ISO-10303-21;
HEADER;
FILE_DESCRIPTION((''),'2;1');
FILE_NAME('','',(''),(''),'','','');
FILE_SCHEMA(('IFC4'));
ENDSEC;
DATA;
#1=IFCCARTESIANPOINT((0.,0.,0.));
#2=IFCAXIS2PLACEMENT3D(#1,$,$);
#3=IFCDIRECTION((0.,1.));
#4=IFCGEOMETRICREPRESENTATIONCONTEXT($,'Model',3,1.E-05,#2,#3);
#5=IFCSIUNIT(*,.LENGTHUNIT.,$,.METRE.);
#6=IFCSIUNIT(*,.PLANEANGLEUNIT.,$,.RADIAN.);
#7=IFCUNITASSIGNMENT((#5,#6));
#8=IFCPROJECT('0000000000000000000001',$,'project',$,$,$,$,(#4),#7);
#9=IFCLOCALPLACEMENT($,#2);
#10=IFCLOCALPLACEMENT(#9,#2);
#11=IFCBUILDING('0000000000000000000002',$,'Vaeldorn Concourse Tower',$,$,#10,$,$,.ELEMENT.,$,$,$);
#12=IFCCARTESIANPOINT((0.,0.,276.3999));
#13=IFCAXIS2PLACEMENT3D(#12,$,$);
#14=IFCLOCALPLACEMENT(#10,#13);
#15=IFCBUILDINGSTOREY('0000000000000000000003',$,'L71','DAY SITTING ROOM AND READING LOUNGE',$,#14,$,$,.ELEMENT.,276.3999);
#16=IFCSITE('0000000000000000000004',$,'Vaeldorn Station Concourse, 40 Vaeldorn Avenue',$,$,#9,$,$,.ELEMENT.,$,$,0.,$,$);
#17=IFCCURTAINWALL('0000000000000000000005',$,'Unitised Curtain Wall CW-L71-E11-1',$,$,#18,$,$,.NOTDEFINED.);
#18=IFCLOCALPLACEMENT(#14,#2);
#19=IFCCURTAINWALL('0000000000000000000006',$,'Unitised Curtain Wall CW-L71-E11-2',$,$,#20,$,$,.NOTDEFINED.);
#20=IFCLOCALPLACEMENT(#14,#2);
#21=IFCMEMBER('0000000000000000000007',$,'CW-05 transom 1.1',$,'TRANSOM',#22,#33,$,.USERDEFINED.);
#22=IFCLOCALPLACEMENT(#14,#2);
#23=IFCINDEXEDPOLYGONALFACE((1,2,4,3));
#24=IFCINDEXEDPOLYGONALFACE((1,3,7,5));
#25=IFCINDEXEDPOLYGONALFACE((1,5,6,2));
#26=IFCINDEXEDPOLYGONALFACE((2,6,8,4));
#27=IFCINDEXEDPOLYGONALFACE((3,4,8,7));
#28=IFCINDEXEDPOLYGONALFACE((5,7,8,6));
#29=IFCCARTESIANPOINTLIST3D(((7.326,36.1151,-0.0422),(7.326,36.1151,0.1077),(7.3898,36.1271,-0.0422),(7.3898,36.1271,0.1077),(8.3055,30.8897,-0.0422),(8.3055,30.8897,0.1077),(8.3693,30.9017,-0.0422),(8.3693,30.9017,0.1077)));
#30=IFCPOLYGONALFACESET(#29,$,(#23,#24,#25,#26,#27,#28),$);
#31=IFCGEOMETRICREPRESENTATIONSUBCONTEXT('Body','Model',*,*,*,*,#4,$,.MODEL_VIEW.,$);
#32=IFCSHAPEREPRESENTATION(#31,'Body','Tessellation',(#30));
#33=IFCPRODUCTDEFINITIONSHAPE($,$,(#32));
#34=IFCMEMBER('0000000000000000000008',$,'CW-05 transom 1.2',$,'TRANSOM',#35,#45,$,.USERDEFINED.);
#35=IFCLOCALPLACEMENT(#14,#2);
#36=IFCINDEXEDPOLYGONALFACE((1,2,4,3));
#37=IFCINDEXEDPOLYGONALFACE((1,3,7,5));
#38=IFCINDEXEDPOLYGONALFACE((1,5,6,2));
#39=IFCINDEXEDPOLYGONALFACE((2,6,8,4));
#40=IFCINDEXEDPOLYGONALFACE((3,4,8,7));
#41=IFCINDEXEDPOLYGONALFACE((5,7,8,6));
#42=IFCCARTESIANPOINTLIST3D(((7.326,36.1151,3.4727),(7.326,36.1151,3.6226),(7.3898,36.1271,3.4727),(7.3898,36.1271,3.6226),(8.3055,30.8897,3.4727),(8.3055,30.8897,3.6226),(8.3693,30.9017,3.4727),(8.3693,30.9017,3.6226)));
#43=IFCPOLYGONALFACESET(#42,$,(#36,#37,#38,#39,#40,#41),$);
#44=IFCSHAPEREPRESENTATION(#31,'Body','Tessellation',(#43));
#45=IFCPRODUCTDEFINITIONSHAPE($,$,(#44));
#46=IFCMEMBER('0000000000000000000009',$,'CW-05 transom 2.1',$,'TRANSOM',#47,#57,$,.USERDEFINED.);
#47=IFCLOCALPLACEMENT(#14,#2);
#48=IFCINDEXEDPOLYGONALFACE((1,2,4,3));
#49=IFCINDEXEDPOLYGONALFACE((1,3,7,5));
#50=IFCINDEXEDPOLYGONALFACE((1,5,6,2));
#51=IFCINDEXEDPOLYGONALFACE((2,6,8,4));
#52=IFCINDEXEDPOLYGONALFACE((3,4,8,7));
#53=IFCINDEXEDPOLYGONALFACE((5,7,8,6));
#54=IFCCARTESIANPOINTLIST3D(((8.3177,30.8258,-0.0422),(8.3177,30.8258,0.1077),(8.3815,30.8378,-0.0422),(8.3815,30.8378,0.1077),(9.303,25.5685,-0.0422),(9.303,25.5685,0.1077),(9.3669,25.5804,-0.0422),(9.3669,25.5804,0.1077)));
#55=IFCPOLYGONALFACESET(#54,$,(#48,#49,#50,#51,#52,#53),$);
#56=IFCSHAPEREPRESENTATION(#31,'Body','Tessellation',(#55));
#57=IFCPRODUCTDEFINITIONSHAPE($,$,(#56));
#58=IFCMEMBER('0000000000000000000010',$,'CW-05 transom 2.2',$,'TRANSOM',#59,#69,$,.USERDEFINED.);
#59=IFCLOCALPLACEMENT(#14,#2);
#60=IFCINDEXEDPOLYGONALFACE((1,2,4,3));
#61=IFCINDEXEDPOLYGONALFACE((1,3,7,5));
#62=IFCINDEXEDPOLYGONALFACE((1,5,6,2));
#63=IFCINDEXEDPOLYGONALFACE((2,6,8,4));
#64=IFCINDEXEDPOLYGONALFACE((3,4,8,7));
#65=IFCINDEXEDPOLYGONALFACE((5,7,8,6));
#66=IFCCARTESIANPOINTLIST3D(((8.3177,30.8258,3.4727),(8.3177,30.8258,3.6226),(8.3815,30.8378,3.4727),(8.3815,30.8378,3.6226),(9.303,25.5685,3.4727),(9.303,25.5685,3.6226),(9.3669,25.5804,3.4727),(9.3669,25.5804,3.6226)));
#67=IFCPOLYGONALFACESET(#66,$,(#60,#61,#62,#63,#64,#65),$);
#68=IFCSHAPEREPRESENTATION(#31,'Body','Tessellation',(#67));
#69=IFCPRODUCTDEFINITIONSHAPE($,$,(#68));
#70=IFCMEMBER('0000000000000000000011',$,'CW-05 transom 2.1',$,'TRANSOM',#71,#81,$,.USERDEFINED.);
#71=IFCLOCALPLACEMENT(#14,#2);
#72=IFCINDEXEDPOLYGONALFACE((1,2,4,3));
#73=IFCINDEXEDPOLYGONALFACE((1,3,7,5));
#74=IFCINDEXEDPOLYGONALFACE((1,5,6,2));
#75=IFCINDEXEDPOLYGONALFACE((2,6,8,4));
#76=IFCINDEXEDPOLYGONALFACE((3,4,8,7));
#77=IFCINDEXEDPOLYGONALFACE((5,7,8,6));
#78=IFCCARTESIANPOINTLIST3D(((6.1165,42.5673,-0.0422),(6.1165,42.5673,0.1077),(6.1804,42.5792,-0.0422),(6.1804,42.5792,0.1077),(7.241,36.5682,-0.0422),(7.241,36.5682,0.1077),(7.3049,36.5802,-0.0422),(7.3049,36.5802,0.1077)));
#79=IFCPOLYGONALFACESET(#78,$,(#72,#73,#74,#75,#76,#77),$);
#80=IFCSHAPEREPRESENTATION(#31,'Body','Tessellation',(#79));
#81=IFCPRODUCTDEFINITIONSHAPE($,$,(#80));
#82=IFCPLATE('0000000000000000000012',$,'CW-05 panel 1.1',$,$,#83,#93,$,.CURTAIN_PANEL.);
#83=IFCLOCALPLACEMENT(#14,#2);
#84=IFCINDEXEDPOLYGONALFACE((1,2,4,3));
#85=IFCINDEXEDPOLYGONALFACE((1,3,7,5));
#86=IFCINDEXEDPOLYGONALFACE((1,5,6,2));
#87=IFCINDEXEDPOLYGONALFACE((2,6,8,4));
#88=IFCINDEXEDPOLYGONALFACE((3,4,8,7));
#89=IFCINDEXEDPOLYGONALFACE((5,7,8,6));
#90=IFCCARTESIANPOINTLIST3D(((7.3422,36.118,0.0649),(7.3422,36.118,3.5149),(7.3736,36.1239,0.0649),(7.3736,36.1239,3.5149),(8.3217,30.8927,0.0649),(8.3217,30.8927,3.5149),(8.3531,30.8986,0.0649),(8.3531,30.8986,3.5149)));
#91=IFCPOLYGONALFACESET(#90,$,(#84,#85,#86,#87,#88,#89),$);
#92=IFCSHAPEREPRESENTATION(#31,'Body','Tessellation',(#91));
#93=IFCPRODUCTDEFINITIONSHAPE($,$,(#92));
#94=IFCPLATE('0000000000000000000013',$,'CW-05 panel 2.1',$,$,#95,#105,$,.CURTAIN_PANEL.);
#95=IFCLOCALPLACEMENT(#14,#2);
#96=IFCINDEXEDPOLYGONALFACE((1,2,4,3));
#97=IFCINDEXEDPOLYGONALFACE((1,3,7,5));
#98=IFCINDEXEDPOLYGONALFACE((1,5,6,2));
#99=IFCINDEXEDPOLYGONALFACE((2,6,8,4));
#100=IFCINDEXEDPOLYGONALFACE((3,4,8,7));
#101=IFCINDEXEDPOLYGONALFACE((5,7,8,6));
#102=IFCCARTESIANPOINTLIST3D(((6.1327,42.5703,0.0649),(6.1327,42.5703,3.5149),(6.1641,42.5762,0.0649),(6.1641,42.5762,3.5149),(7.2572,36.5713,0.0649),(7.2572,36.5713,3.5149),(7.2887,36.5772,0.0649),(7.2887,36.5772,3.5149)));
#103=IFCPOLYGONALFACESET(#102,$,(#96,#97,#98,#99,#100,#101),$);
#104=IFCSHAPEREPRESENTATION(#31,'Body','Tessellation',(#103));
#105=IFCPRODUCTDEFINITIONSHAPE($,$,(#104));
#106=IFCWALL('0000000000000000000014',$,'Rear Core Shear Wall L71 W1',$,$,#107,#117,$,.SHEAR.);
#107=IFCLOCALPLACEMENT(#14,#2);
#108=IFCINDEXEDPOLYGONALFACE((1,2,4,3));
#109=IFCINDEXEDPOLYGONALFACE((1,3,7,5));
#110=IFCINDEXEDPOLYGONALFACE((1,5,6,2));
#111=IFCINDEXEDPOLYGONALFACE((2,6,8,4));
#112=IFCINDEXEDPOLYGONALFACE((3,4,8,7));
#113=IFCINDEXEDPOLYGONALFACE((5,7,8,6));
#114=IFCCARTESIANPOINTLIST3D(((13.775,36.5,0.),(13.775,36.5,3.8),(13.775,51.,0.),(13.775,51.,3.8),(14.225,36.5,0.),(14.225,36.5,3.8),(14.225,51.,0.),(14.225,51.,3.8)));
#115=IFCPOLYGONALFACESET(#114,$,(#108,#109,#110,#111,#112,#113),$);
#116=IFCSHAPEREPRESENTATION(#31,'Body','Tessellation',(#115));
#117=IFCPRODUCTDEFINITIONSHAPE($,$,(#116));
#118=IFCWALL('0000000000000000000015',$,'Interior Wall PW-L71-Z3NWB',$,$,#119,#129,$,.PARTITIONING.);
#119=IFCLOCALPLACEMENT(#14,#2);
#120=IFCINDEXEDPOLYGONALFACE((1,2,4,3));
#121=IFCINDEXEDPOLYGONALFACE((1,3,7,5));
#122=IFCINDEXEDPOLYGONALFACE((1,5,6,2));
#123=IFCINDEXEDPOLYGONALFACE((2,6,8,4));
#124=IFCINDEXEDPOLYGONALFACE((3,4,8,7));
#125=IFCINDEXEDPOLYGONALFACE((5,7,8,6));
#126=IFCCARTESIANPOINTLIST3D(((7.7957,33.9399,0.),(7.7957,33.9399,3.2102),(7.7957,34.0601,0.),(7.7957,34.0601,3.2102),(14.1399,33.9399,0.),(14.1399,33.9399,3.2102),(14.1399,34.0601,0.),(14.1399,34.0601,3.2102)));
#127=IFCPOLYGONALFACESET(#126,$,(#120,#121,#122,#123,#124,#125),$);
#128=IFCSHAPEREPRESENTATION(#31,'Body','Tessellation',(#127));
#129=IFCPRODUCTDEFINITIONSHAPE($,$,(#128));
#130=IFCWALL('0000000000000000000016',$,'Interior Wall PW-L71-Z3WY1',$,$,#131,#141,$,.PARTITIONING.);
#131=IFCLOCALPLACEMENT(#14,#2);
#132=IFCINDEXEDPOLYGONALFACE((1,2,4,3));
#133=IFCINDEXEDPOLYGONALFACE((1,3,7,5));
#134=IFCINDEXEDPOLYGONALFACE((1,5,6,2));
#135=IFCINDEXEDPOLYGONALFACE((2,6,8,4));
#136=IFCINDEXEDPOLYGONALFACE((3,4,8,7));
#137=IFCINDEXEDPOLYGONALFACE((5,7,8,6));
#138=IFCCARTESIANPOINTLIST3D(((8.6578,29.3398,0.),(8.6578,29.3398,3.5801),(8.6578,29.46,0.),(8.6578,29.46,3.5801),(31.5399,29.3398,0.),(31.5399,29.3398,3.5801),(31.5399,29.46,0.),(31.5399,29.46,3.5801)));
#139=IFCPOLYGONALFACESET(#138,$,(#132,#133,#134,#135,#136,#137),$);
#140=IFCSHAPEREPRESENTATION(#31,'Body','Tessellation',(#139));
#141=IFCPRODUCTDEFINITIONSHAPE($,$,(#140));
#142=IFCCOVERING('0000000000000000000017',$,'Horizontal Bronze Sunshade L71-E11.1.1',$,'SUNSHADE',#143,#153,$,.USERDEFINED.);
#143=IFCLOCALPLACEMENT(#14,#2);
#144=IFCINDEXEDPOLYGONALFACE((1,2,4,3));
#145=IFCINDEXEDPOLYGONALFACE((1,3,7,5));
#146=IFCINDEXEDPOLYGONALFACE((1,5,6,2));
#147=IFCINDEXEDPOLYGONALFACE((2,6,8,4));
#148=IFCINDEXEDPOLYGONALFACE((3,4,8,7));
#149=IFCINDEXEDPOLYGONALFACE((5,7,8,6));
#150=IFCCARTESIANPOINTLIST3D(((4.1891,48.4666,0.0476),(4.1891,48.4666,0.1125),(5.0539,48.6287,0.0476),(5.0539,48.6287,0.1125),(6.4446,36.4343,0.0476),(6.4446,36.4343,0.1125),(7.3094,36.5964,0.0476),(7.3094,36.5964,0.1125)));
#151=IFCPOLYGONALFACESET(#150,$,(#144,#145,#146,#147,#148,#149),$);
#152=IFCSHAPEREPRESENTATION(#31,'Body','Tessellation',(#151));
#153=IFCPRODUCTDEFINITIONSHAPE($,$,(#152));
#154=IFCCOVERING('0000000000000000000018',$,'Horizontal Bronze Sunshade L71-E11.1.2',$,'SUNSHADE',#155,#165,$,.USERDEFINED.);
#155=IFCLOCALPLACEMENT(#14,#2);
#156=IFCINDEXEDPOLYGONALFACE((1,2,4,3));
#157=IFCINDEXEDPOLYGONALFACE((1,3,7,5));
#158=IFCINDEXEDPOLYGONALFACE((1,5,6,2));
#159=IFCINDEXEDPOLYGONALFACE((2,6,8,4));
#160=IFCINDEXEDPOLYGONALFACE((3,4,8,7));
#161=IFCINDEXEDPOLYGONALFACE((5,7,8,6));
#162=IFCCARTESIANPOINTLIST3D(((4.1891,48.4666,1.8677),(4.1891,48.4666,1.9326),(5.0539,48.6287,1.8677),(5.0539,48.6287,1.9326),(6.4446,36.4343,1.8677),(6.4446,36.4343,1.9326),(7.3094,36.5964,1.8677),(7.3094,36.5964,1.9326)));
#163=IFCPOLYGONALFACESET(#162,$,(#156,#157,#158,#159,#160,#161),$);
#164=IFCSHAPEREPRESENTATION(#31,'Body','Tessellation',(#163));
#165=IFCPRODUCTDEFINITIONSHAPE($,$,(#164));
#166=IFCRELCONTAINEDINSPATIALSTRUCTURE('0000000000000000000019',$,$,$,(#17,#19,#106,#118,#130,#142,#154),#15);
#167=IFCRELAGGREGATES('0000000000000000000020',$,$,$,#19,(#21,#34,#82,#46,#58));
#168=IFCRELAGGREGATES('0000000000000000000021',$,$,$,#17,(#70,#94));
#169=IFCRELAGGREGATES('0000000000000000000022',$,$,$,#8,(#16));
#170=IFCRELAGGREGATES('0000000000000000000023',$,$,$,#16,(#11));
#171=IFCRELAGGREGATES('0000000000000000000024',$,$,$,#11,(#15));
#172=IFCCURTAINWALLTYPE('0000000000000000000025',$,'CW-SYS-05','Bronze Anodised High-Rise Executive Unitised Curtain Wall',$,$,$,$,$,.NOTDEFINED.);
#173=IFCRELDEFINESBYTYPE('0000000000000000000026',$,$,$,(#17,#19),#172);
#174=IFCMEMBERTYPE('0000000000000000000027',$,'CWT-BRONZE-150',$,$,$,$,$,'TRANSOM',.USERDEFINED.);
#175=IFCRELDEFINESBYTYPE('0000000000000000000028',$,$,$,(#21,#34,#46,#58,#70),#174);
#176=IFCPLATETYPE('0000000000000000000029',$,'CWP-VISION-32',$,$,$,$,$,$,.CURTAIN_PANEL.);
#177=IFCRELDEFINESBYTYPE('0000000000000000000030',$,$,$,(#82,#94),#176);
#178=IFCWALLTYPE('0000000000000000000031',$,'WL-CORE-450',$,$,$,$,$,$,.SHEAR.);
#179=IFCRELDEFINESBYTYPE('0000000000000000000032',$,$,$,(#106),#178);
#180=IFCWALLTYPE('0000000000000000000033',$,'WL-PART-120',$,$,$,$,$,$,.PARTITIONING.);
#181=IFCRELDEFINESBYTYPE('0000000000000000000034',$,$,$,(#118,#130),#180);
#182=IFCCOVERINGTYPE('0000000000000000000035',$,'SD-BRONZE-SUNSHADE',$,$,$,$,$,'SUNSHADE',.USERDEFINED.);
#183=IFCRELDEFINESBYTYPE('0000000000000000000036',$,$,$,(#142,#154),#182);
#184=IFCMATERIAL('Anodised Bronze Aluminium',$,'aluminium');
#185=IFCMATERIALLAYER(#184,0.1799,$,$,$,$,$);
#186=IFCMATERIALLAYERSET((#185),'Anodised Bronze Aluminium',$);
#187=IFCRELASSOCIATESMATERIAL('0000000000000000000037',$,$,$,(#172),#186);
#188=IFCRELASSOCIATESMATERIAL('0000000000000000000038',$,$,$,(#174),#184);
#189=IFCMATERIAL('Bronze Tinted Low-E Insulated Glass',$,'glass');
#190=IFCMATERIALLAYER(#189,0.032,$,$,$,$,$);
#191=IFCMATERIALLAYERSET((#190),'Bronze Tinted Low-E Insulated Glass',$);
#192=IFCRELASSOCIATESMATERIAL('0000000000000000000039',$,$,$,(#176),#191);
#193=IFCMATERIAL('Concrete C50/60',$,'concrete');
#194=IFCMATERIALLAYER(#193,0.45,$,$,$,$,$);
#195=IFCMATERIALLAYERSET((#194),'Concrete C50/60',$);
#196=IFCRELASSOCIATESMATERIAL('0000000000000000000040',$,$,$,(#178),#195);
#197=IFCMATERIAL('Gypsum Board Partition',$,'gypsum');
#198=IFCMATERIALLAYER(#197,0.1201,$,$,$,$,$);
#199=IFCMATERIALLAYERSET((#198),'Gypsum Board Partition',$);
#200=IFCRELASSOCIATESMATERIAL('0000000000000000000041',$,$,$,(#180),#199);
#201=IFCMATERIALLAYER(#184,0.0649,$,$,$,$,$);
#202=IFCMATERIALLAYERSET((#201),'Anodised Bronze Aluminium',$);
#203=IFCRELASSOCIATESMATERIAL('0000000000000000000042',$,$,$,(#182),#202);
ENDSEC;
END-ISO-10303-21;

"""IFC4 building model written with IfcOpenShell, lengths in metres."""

from ifc_helpers import new_model, si_unit, direction, frame, frame_2d, origin, origin_2d, place, context, subcontext, project, spatial, rectangle, extrude, source, transform, mapped, material, layer, layer_set, material_profile, profile_set, type_object, element, aggregate, save


model = new_model("IFC4")

# Units and contexts
model_context = context("Model", 3, precision=1e-05, world=origin(), true_north=direction((0.0, 1.0)))
body_context = subcontext(model_context, "Body", "Model", "MODEL_VIEW")
ifc_project = project(units=[si_unit("LENGTHUNIT", "METRE"), si_unit("PLANEANGLEUNIT", "RADIAN")], contexts=[model_context])

# Site, building, storey
site_placement = place(None, origin())
site = spatial("IfcSite", under=ifc_project, at=site_placement, Name="Vaeldorn Station Concourse, 40 Vaeldorn Avenue", CompositionType="ELEMENT", RefElevation=0.0)
building_placement = place(site_placement, origin())
building = spatial("IfcBuilding", under=site, at=building_placement, Name="Vaeldorn Concourse Tower", CompositionType="ELEMENT")
storey_placement = place(building_placement, frame((0.0, 0.0, 276.3999)))
storey = spatial("IfcBuildingStorey", under=building, at=storey_placement, Name="L71", Description="DAY SITTING ROOM AND READING LOUNGE", CompositionType="ELEMENT", Elevation=276.3999)

# Shared definitions
ifc_material_1 = material(Name="Concrete C50/60", Category="concrete")

# Curtain wall
ifc_material_2 = material(Name="Anodised Bronze Aluminium", Category="aluminium")
ifc_layer_1 = layer(ifc_material_2, 0.1799)
ifc_layer_set_1 = layer_set([ifc_layer_1], Name="Anodised Bronze Aluminium")
curtain_wall_type = type_object("IfcCurtainWallType", Name="CW-SYS-05", Description="Bronze Anodised High-Rise Executive Unitised Curtain Wall", PredefinedType="NOTDEFINED", material=ifc_layer_set_1)
curtain_wall_1_placement = place(storey_placement, origin())
curtain_wall_1 = element("IfcCurtainWall", 1, at=curtain_wall_1_placement, inside=storey, type_object=curtain_wall_type, Name="Unitised Curtain Wall CW-L71-E11-1", PredefinedType="NOTDEFINED")

# Curtain wall, members
curtain_wall_2_placement = place(storey_placement, origin())
curtain_wall_2 = element("IfcCurtainWall", 2, at=curtain_wall_2_placement, inside=storey, type_object=curtain_wall_type, Name="Unitised Curtain Wall CW-L71-E11-2", PredefinedType="NOTDEFINED")
ifc_material_profile_1 = material_profile(ifc_material_2, rectangle(XDim=0.0649, YDim=0.1499, at=origin_2d()), Name="CWT 65x150")
ifc_profile_set_1 = profile_set([ifc_material_profile_1], Name="Anodised Bronze Aluminium")
member_type_1 = type_object("IfcMemberType", Name="CWT-BRONZE-150", ElementType="TRANSOM", PredefinedType="USERDEFINED", material=ifc_profile_set_1)
shared_shape_1 = source(origin(), body_context, "Body", "SweptSolid", [
    extrude(rectangle(XDim=0.0649, YDim=0.1499, at=origin_2d()), origin(), (0.0, 0.0, 1.0), 5.3164),
])
member_1_placement = place(storey_placement, frame((7.3579, 36.1211, 0.0327), z_axis=(0.184241, -0.982881, 0.0), x_axis=(0.982881, 0.184241, 0.0)))
member_1 = element("IfcMember", 3, at=member_1_placement, type_object=member_type_1, Name="CW-05 transom 1.1", ObjectType="TRANSOM", PredefinedType="USERDEFINED", context=body_context, shape_type="MappedRepresentation", body=[
    mapped(shared_shape_1, transform((0.0, 0.0, 0.0), scale=1.0)),
])
member_2_placement = place(storey_placement, frame((7.3579, 36.1211, 3.5476), z_axis=(0.184241, -0.982881, 0.0), x_axis=(0.982881, 0.184241, 0.0)))
member_2 = element("IfcMember", 4, at=member_2_placement, type_object=member_type_1, Name="CW-05 transom 1.2", ObjectType="TRANSOM", PredefinedType="USERDEFINED", context=body_context, shape_type="MappedRepresentation", body=[
    mapped(shared_shape_1, transform((0.0, 0.0, 0.0), scale=1.0)),
])
shared_shape_2 = source(origin(), body_context, "Body", "SweptSolid", [
    extrude(rectangle(XDim=0.0649, YDim=0.1499, at=origin_2d()), origin(), (0.0, 0.0, 1.0), 5.3489),
])
member_3_placement = place(storey_placement, frame((8.3496, 30.8318, 0.0327), z_axis=(0.184217, -0.982886, 0.0), x_axis=(0.982886, 0.184217, 0.0)))
member_3 = element("IfcMember", 5, at=member_3_placement, type_object=member_type_1, Name="CW-05 transom 2.1", ObjectType="TRANSOM", PredefinedType="USERDEFINED", context=body_context, shape_type="MappedRepresentation", body=[
    mapped(shared_shape_2, transform((0.0, 0.0, 0.0), scale=1.0)),
])
member_4_placement = place(storey_placement, frame((8.3496, 30.8318, 3.5476), z_axis=(0.184217, -0.982886, 0.0), x_axis=(0.982886, 0.184217, 0.0)))
member_4 = element("IfcMember", 6, at=member_4_placement, type_object=member_type_1, Name="CW-05 transom 2.2", ObjectType="TRANSOM", PredefinedType="USERDEFINED", context=body_context, shape_type="MappedRepresentation", body=[
    mapped(shared_shape_2, transform((0.0, 0.0, 0.0), scale=1.0)),
])

# Member
shared_shape_3 = source(origin(), body_context, "Body", "SweptSolid", [
    extrude(rectangle(XDim=0.0649, YDim=0.1499, at=origin_2d()), origin(), (0.0, 0.0, 1.0), 6.1035),
])
member_5_placement = place(storey_placement, frame((6.1484, 42.5732, 0.0327), z_axis=(0.18424, -0.982881, 0.0), x_axis=(0.982881, 0.18424, 0.0)))
member_5 = element("IfcMember", 7, at=member_5_placement, type_object=member_type_1, Name="CW-05 transom 2.1", ObjectType="TRANSOM", PredefinedType="USERDEFINED", context=body_context, shape_type="MappedRepresentation", body=[
    mapped(shared_shape_3, transform((0.0, 0.0, 0.0), scale=1.0)),
])

# Plates
ifc_material_3 = material(Name="Bronze Tinted Low-E Insulated Glass", Category="glass")
ifc_layer_2 = layer(ifc_material_3, 0.032)
ifc_layer_set_2 = layer_set([ifc_layer_2], Name="Bronze Tinted Low-E Insulated Glass")
plate_type = type_object("IfcPlateType", Name="CWP-VISION-32", PredefinedType="CURTAIN_PANEL", material=ifc_layer_set_2)
shared_shape_4 = source(origin(), body_context, "Body", "SweptSolid", [
    extrude(rectangle(XDim=5.3164, YDim=0.032, at=origin_2d()), origin(), (0.0, 0.0, 1.0), 3.45),
])
plate_1_placement = place(storey_placement, frame((7.8477, 33.5083, 0.0649), z_axis=(0.0, 0.0, 1.0), x_axis=(0.184247, -0.98288, 0.0)))
plate_1 = element("IfcPlate", 8, at=plate_1_placement, type_object=plate_type, Name="CW-05 panel 1.1", PredefinedType="CURTAIN_PANEL", context=body_context, shape_type="MappedRepresentation", body=[
    mapped(shared_shape_4, transform((0.0, 0.0, 0.0), scale=1.0)),
])
aggregate(curtain_wall_2, [member_1, member_2, plate_1, member_3, member_4])
shared_shape_5 = source(origin(), body_context, "Body", "SweptSolid", [
    extrude(rectangle(XDim=6.1035, YDim=0.032, at=origin_2d()), origin(), (0.0, 0.0, 1.0), 3.45),
])
plate_2_placement = place(storey_placement, frame((6.7107, 39.5737, 0.0649), z_axis=(0.0, 0.0, 1.0), x_axis=(0.184246, -0.98288, 0.0)))
plate_2 = element("IfcPlate", 9, at=plate_2_placement, type_object=plate_type, Name="CW-05 panel 2.1", PredefinedType="CURTAIN_PANEL", context=body_context, shape_type="MappedRepresentation", body=[
    mapped(shared_shape_5, transform((0.0, 0.0, 0.0), scale=1.0)),
])
aggregate(curtain_wall_1, [member_5, plate_2])

# Walls
ifc_layer_3 = layer(ifc_material_1, 0.45)
ifc_layer_set_3 = layer_set([ifc_layer_3], Name="Concrete C50/60")
wall_type_1 = type_object("IfcWallType", Name="WL-CORE-450", PredefinedType="SHEAR", material=ifc_layer_set_3)
wall_1_placement = place(storey_placement, frame((14.0, 36.5, 0.0), z_axis=(0.0, 0.0, 1.0), x_axis=(0.0, 1.0, 0.0)))
element("IfcWall", 10, at=wall_1_placement, inside=storey, type_object=wall_type_1, Name="Rear Core Shear Wall L71 W1", PredefinedType="SHEAR", context=body_context, shape_type="SweptSolid", body=[
    extrude(rectangle(XDim=14.5, YDim=0.45, at=frame_2d((7.25, 0.0))), origin(), (0.0, 0.0, 1.0), 3.8),
])
ifc_material_4 = material(Name="Gypsum Board Partition", Category="gypsum")
ifc_layer_4 = layer(ifc_material_4, 0.1201)
ifc_layer_set_4 = layer_set([ifc_layer_4], Name="Gypsum Board Partition")
wall_type_2 = type_object("IfcWallType", Name="WL-PART-120", PredefinedType="PARTITIONING", material=ifc_layer_set_4)
wall_2_placement = place(storey_placement, frame((7.7957, 34.0, 0.0), z_axis=(0.0, 0.0, 1.0), x_axis=(1.0, 0.0, 0.0)))
element("IfcWall", 11, at=wall_2_placement, inside=storey, type_object=wall_type_2, Name="Interior Wall PW-L71-Z3NWB", PredefinedType="PARTITIONING", context=body_context, shape_type="SweptSolid", body=[
    extrude(rectangle(XDim=6.3442, YDim=0.1201, at=frame_2d((3.1721, 0.0))), origin(), (0.0, 0.0, 1.0), 3.2102),
])
wall_3_placement = place(storey_placement, frame((8.658, 29.3999, 0.0), z_axis=(0.0, 0.0, 1.0), x_axis=(1.0, 0.0, 0.0)))
element("IfcWall", 12, at=wall_3_placement, inside=storey, type_object=wall_type_2, Name="Interior Wall PW-L71-Z3WY1", PredefinedType="PARTITIONING", context=body_context, shape_type="SweptSolid", body=[
    extrude(rectangle(XDim=22.8821, YDim=0.1201, at=frame_2d((11.4409, 0.0))), origin(), (0.0, 0.0, 1.0), 3.5801),
])

# Coverings
ifc_layer_5 = layer(ifc_material_2, 0.0649)
ifc_layer_set_5 = layer_set([ifc_layer_5], Name="Anodised Bronze Aluminium")
covering_type = type_object("IfcCoveringType", Name="SD-BRONZE-SUNSHADE", ElementType="SUNSHADE", PredefinedType="USERDEFINED", material=ifc_layer_set_5)
shared_shape_6 = source(origin(), body_context, "Body", "SweptSolid", [
    extrude(rectangle(XDim=12.2419, YDim=0.8799, at=origin_2d()), origin(), (0.0, 0.0, 1.0), 0.0649),
])
for number, where, z_axis, x_axis, name in (
    (13, (5.7493, 42.5315, 0.0476), (0.0, 0.0, 1.0), (0.184243, -0.982881, 0.0), "Horizontal Bronze Sunshade L71-E11.1.1"),
    (14, (5.7493, 42.5315, 1.8677), (0.0, 0.0, 1.0), (0.184243, -0.982881, 0.0), "Horizontal Bronze Sunshade L71-E11.1.2"),
):
    element("IfcCovering", number, at=place(storey_placement, frame(where, z_axis=z_axis, x_axis=x_axis)), inside=storey, type_object=covering_type, Name=name, ObjectType="SUNSHADE", PredefinedType="USERDEFINED", context=body_context, shape_type="MappedRepresentation", body=[
        mapped(shared_shape_6, transform((0.0, 0.0, 0.0), scale=1.0)),
    ])

save(model, "model.ifc")
